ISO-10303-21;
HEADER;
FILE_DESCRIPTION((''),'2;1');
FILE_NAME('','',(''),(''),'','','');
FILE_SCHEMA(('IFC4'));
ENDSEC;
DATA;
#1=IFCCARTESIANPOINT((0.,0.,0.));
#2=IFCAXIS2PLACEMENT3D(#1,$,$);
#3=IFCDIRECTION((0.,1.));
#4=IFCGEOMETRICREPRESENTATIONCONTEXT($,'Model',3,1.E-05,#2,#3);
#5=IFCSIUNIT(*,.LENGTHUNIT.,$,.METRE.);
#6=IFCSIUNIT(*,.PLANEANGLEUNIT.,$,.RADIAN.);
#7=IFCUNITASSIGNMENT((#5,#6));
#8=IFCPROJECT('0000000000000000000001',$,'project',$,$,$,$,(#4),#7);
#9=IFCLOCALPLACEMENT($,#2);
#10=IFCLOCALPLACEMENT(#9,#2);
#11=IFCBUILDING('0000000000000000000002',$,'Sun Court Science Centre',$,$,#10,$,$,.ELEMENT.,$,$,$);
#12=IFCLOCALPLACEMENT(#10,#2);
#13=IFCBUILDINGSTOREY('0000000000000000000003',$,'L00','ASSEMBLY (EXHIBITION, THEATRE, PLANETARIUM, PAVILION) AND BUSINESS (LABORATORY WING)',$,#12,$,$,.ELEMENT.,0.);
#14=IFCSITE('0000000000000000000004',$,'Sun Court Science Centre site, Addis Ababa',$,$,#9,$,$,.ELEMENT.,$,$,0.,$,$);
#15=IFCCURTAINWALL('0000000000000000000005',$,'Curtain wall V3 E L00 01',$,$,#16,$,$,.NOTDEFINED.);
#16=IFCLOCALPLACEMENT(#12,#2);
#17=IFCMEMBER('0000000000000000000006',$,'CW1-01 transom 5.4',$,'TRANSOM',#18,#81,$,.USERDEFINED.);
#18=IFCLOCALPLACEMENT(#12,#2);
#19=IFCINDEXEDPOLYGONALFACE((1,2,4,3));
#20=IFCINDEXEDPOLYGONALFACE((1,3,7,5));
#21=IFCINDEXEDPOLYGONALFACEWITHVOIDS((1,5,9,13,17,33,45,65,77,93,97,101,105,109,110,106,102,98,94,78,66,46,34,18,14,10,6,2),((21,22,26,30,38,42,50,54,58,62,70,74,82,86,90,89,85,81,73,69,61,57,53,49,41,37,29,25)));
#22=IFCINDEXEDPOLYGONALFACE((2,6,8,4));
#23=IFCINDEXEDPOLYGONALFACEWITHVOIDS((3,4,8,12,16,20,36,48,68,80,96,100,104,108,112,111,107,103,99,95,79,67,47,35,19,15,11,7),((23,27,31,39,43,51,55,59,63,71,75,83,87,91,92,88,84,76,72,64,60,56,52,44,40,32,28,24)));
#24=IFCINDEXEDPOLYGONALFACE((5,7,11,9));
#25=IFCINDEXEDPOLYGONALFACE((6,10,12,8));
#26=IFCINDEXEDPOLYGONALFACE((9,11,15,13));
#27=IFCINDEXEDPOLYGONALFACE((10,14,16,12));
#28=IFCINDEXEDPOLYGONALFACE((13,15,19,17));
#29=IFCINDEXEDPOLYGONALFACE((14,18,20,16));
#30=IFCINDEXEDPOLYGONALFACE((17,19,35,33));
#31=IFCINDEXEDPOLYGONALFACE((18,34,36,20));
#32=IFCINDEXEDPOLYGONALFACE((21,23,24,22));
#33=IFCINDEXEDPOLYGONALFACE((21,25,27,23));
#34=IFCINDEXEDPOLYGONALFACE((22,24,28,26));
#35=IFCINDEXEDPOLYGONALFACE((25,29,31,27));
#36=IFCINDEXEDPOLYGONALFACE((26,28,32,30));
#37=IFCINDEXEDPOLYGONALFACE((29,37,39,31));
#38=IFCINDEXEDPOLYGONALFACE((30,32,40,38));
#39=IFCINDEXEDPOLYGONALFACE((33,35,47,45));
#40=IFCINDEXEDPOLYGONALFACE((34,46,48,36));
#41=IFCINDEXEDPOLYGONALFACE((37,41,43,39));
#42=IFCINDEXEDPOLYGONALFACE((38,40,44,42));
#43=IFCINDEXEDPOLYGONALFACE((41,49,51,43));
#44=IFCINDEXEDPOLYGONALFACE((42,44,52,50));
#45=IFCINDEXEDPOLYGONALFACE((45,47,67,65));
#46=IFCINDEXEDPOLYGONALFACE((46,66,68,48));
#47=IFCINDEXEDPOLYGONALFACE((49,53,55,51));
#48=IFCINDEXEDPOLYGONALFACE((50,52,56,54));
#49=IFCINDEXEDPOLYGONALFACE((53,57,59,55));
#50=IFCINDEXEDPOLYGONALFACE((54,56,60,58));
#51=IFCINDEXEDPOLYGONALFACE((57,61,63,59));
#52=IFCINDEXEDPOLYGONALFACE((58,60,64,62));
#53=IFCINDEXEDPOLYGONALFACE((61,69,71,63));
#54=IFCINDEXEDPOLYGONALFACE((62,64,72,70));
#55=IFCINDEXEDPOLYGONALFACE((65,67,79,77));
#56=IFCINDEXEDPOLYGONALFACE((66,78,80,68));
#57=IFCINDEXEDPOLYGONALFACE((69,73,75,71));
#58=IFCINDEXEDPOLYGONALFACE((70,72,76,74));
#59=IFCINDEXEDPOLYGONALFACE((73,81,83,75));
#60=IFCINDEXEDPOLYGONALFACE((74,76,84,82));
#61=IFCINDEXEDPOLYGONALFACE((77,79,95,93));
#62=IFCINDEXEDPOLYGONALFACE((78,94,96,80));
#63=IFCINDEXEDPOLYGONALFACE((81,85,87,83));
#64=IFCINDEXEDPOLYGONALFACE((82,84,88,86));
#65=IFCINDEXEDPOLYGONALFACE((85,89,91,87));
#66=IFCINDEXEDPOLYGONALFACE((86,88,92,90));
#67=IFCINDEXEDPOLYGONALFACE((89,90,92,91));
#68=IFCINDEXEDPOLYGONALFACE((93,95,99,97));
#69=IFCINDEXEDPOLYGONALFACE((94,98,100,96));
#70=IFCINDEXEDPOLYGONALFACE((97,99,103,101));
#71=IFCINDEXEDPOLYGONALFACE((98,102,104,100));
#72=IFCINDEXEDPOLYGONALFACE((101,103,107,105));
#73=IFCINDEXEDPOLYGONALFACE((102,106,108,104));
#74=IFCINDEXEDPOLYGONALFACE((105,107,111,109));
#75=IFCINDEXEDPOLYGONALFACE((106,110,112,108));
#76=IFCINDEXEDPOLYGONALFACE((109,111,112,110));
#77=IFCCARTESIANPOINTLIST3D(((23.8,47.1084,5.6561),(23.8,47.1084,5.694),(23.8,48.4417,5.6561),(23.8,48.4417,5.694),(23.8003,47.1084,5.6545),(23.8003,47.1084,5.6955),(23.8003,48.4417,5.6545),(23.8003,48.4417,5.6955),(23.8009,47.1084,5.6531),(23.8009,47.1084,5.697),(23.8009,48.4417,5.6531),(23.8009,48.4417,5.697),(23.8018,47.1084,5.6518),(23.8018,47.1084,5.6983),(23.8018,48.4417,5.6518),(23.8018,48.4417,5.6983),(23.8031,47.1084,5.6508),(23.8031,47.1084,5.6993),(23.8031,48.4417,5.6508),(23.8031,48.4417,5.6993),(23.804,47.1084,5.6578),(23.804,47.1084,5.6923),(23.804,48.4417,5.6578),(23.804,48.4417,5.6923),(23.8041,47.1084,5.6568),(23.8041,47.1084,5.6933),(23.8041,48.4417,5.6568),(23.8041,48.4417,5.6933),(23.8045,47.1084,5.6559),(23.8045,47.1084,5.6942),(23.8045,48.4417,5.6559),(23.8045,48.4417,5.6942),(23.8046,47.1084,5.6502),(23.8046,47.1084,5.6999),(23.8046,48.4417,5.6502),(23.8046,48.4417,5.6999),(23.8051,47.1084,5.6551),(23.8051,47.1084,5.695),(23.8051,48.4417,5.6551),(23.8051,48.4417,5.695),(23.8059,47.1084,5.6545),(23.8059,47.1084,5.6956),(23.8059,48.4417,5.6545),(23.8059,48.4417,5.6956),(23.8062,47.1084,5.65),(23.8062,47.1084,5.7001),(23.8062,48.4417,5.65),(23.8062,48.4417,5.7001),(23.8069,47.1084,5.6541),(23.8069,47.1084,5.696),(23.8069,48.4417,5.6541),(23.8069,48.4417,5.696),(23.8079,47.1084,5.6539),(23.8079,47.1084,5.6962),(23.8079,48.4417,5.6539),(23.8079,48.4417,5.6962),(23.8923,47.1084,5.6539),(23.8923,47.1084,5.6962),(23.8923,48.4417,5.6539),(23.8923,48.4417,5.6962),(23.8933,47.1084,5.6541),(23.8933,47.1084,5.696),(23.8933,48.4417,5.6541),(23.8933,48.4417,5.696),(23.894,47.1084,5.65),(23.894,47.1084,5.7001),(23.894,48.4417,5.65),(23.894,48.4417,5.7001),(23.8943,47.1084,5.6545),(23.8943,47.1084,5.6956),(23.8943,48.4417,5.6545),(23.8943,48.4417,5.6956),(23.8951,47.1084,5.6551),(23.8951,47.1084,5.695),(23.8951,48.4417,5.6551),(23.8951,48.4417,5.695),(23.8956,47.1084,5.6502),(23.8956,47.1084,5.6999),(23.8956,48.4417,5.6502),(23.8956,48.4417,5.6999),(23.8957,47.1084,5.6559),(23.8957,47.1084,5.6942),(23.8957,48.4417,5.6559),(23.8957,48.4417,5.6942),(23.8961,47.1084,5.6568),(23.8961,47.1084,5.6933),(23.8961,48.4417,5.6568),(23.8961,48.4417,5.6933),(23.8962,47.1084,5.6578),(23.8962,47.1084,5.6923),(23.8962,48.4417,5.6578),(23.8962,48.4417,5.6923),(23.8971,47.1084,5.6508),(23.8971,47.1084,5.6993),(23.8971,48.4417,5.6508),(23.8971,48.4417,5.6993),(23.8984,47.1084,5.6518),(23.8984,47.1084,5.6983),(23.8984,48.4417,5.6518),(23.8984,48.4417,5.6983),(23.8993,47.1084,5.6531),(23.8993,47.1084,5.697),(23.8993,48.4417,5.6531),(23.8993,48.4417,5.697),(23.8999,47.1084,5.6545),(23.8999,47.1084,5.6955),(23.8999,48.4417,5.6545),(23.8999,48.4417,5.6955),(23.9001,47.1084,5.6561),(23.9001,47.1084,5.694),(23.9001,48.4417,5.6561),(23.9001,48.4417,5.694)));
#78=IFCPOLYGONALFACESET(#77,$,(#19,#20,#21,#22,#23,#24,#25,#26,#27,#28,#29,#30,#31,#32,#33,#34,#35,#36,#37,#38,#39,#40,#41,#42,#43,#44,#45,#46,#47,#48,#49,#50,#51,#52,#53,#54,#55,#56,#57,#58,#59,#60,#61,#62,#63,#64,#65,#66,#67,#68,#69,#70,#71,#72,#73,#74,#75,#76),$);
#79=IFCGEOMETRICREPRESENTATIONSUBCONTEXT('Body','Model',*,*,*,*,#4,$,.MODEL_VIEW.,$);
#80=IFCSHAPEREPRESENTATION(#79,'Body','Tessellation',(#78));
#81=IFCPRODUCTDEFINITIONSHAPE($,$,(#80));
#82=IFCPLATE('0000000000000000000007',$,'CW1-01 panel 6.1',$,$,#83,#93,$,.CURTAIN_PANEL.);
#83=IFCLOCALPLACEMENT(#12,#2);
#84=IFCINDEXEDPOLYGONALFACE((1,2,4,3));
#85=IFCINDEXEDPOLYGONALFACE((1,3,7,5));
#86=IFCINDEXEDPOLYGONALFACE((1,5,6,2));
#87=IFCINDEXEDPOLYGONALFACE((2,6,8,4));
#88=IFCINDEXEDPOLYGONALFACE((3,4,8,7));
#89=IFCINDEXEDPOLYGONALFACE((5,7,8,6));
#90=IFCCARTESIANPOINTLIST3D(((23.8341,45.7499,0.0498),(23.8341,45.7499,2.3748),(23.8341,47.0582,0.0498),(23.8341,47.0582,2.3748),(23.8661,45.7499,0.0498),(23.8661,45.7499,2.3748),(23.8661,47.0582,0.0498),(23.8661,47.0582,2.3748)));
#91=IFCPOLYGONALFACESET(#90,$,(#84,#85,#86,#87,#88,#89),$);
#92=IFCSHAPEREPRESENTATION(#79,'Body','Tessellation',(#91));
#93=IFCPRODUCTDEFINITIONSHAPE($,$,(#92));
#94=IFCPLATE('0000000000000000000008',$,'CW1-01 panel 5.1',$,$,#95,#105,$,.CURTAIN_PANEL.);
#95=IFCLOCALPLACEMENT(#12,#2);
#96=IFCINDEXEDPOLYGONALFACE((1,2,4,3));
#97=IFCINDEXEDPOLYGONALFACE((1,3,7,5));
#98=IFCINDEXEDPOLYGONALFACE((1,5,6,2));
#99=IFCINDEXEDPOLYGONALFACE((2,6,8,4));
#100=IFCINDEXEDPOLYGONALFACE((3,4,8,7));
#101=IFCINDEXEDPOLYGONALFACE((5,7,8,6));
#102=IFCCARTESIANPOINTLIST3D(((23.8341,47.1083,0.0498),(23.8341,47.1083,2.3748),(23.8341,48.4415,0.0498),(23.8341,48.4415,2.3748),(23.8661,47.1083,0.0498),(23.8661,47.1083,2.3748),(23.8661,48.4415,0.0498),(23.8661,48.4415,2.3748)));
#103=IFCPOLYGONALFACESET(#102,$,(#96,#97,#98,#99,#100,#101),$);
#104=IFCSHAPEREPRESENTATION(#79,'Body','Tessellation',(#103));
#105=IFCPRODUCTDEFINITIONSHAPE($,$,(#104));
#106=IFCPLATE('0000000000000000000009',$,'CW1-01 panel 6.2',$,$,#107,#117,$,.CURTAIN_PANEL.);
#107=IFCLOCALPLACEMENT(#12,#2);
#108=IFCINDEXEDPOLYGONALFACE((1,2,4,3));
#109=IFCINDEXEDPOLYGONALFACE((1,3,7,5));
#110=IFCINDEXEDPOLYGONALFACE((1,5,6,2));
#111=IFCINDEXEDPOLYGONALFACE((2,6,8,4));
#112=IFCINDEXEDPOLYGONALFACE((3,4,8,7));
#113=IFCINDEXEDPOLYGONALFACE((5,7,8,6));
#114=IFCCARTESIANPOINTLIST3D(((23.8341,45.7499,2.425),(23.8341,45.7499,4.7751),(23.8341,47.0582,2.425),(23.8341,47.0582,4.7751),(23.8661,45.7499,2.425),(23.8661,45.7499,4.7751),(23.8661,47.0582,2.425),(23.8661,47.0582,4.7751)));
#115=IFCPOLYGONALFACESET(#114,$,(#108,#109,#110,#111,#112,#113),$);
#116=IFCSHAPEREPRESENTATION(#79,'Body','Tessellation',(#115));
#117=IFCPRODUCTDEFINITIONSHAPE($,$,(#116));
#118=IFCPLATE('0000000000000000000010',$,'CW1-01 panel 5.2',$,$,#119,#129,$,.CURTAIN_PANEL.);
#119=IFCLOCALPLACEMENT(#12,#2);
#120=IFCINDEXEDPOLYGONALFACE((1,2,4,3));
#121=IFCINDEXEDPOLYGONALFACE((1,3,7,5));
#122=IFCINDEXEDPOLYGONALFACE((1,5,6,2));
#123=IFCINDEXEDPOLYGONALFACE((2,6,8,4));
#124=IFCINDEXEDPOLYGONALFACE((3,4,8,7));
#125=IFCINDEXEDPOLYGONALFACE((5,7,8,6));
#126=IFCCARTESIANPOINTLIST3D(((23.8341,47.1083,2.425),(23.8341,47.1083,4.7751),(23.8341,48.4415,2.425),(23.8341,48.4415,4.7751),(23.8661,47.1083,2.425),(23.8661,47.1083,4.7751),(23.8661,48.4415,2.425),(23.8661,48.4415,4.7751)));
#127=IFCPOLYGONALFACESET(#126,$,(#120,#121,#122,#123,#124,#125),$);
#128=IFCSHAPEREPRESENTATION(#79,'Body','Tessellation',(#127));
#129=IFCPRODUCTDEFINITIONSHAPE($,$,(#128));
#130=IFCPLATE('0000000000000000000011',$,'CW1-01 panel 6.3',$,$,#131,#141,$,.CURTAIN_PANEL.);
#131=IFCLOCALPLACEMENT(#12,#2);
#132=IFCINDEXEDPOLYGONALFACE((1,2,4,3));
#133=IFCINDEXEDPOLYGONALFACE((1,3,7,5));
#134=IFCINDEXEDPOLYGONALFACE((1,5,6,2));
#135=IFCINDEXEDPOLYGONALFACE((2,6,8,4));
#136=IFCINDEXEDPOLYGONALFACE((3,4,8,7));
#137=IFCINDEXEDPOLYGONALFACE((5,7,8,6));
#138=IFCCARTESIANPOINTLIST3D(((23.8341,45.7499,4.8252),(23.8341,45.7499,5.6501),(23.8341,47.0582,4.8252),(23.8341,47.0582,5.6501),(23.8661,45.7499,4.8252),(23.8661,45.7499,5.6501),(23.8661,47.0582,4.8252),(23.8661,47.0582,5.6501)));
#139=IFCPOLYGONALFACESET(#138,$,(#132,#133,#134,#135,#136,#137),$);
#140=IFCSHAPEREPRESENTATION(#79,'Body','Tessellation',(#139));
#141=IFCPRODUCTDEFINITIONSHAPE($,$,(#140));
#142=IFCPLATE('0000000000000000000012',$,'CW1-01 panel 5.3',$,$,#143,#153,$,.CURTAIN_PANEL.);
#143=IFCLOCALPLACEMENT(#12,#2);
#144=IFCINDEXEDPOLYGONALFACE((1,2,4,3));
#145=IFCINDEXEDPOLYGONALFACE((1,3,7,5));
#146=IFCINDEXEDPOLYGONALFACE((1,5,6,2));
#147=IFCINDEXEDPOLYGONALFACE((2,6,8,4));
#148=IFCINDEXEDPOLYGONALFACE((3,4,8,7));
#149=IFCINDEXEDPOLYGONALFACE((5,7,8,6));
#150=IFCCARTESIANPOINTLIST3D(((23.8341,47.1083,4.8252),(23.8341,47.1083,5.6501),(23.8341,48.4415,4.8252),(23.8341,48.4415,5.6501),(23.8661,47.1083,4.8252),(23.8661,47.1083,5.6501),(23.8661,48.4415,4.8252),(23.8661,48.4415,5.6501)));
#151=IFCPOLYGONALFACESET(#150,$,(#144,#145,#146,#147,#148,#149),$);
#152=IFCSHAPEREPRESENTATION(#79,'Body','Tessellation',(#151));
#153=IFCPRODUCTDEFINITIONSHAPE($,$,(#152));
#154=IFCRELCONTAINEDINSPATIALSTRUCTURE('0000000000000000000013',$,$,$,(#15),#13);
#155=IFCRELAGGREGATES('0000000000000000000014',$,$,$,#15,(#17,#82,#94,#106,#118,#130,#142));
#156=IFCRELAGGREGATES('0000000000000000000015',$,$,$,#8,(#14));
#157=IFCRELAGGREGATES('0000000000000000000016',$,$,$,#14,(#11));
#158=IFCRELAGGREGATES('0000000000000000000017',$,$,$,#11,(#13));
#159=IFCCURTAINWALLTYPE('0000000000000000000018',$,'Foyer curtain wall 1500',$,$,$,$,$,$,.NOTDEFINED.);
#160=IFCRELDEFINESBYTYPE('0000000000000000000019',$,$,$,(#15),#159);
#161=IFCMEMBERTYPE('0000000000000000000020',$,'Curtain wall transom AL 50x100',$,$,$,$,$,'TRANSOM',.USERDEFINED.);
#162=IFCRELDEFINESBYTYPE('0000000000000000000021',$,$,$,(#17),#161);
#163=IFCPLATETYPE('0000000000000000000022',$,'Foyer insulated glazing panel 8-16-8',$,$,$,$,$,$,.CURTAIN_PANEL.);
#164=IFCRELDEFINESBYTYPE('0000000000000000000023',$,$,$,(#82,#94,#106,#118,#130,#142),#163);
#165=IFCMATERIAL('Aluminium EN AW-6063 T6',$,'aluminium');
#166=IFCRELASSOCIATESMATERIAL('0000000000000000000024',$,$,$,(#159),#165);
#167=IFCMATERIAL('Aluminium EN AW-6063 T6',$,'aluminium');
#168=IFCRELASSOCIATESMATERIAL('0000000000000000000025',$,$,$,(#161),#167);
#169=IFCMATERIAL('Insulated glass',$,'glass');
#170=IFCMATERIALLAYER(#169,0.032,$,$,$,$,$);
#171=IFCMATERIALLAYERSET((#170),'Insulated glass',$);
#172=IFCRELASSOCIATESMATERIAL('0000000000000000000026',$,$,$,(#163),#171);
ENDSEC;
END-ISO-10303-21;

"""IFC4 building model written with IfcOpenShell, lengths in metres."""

from ifc_helpers import new_model, si_unit, direction, frame, origin, origin_2d, place, context, subcontext, project, spatial, rectangle, hollow_rectangle, extrude, material, layer, layer_set, material_profile, profile_set, type_object, element, aggregate, save


model = new_model("IFC4")

# Units and contexts
model_context = context("Model", 3, precision=1e-05, world=origin(), true_north=direction((0.0, 1.0)))
body_context = subcontext(model_context, "Body", "Model", "MODEL_VIEW")
ifc_project = project(units=[si_unit("LENGTHUNIT", "METRE"), si_unit("PLANEANGLEUNIT", "RADIAN")], contexts=[model_context])

# Site, building, storey
site_placement = place(None, origin())
site = spatial("IfcSite", under=ifc_project, at=site_placement, Name="Sun Court Science Centre site, Addis Ababa", CompositionType="ELEMENT", RefElevation=0.0)
building_placement = place(site_placement, origin())
building = spatial("IfcBuilding", under=site, at=building_placement, Name="Sun Court Science Centre", CompositionType="ELEMENT")
storey_placement = place(building_placement, origin())
storey = spatial("IfcBuildingStorey", under=building, at=storey_placement, Name="L00", Description="ASSEMBLY (EXHIBITION, THEATRE, PLANETARIUM, PAVILION) AND BUSINESS (LABORATORY WING)", CompositionType="ELEMENT", Elevation=0.0)

# Curtain wall, member, plates
ifc_material_1 = material(Name="Aluminium EN AW-6063 T6", Category="aluminium")
curtain_wall_type = type_object("IfcCurtainWallType", Name="Foyer curtain wall 1500", PredefinedType="NOTDEFINED", material=ifc_material_1)
curtain_wall_placement = place(storey_placement, origin())
curtain_wall = element("IfcCurtainWall", 1, at=curtain_wall_placement, inside=storey, type_object=curtain_wall_type, Name="Curtain wall V3 E L00 01", PredefinedType="NOTDEFINED")
ifc_material_2 = material(Name="Aluminium EN AW-6063 T6", Category="aluminium")
ifc_material_profile_1 = material_profile(ifc_material_2, hollow_rectangle(XDim=0.05, YDim=0.1001, WallThickness=0.0039, InnerFilletRadius=0.0039, OuterFilletRadius=0.0061, at=origin_2d()), Name="AL 50x100x4")
ifc_profile_set_1 = profile_set([ifc_material_profile_1], Name="Aluminium EN AW-6063 T6")
member_type_1 = type_object("IfcMemberType", Name="Curtain wall transom AL 50x100", ElementType="TRANSOM", PredefinedType="USERDEFINED", material=ifc_profile_set_1)
member_1_placement = place(storey_placement, frame((23.8501, 48.4417, 5.675), z_axis=(0.0, -1.0, 0.0), x_axis=(0.0, 0.0, 1.0)))
member_1 = element("IfcMember", 2, at=member_1_placement, type_object=member_type_1, Name="CW1-01 transom 5.4", ObjectType="TRANSOM", PredefinedType="USERDEFINED", context=body_context, shape_type="SweptSolid", body=[
    extrude(hollow_rectangle(XDim=0.05, YDim=0.1001, WallThickness=0.0039, InnerFilletRadius=0.0039, OuterFilletRadius=0.0061, at=origin_2d()), origin(), (0.0, 0.0, 1.0), 1.3333),
])
ifc_material_3 = material(Name="Insulated glass", Category="glass")
ifc_layer_1 = layer(ifc_material_3, 0.032)
ifc_layer_set_1 = layer_set([ifc_layer_1], Name="Insulated glass")
plate_type = type_object("IfcPlateType", Name="Foyer insulated glazing panel 8-16-8", PredefinedType="CURTAIN_PANEL", material=ifc_layer_set_1)
plate_1_placement = place(storey_placement, frame((23.8501, 46.4041, 0.0498), z_axis=(0.0, 0.0, 1.0), x_axis=(0.0, -1.0, 0.0)))
plate_1 = element("IfcPlate", 3, at=plate_1_placement, type_object=plate_type, Name="CW1-01 panel 6.1", PredefinedType="CURTAIN_PANEL", context=body_context, shape_type="SweptSolid", body=[
    extrude(rectangle(XDim=1.3083, YDim=0.032, at=origin_2d()), origin(), (0.0, 0.0, 1.0), 2.325),
])
plate_2_placement = place(storey_placement, frame((23.8501, 47.7749, 0.0498), z_axis=(0.0, 0.0, 1.0), x_axis=(0.0, -1.0, 0.0)))
plate_2 = element("IfcPlate", 4, at=plate_2_placement, type_object=plate_type, Name="CW1-01 panel 5.1", PredefinedType="CURTAIN_PANEL", context=body_context, shape_type="SweptSolid", body=[
    extrude(rectangle(XDim=1.3333, YDim=0.032, at=origin_2d()), origin(), (0.0, 0.0, 1.0), 2.325),
])
plate_3_placement = place(storey_placement, frame((23.8501, 46.4041, 2.425), z_axis=(0.0, 0.0, 1.0), x_axis=(0.0, -1.0, 0.0)))
plate_3 = element("IfcPlate", 5, at=plate_3_placement, type_object=plate_type, Name="CW1-01 panel 6.2", PredefinedType="CURTAIN_PANEL", context=body_context, shape_type="SweptSolid", body=[
    extrude(rectangle(XDim=1.3083, YDim=0.032, at=origin_2d()), origin(), (0.0, 0.0, 1.0), 2.3501),
])
plate_4_placement = place(storey_placement, frame((23.8501, 47.7749, 2.425), z_axis=(0.0, 0.0, 1.0), x_axis=(0.0, -1.0, 0.0)))
plate_4 = element("IfcPlate", 6, at=plate_4_placement, type_object=plate_type, Name="CW1-01 panel 5.2", PredefinedType="CURTAIN_PANEL", context=body_context, shape_type="SweptSolid", body=[
    extrude(rectangle(XDim=1.3333, YDim=0.032, at=origin_2d()), origin(), (0.0, 0.0, 1.0), 2.3501),
])
plate_5_placement = place(storey_placement, frame((23.8501, 46.4041, 4.8252), z_axis=(0.0, 0.0, 1.0), x_axis=(0.0, -1.0, 0.0)))
plate_5 = element("IfcPlate", 7, at=plate_5_placement, type_object=plate_type, Name="CW1-01 panel 6.3", PredefinedType="CURTAIN_PANEL", context=body_context, shape_type="SweptSolid", body=[
    extrude(rectangle(XDim=1.3083, YDim=0.032, at=origin_2d()), origin(), (0.0, 0.0, 1.0), 0.825),
])
plate_6_placement = place(storey_placement, frame((23.8501, 47.7749, 4.8252), z_axis=(0.0, 0.0, 1.0), x_axis=(0.0, -1.0, 0.0)))
plate_6 = element("IfcPlate", 8, at=plate_6_placement, type_object=plate_type, Name="CW1-01 panel 5.3", PredefinedType="CURTAIN_PANEL", context=body_context, shape_type="SweptSolid", body=[
    extrude(rectangle(XDim=1.3333, YDim=0.032, at=origin_2d()), origin(), (0.0, 0.0, 1.0), 0.825),
])
aggregate(curtain_wall, [member_1, plate_1, plate_2, plate_3, plate_4, plate_5, plate_6])

save(model, "model.ifc")
